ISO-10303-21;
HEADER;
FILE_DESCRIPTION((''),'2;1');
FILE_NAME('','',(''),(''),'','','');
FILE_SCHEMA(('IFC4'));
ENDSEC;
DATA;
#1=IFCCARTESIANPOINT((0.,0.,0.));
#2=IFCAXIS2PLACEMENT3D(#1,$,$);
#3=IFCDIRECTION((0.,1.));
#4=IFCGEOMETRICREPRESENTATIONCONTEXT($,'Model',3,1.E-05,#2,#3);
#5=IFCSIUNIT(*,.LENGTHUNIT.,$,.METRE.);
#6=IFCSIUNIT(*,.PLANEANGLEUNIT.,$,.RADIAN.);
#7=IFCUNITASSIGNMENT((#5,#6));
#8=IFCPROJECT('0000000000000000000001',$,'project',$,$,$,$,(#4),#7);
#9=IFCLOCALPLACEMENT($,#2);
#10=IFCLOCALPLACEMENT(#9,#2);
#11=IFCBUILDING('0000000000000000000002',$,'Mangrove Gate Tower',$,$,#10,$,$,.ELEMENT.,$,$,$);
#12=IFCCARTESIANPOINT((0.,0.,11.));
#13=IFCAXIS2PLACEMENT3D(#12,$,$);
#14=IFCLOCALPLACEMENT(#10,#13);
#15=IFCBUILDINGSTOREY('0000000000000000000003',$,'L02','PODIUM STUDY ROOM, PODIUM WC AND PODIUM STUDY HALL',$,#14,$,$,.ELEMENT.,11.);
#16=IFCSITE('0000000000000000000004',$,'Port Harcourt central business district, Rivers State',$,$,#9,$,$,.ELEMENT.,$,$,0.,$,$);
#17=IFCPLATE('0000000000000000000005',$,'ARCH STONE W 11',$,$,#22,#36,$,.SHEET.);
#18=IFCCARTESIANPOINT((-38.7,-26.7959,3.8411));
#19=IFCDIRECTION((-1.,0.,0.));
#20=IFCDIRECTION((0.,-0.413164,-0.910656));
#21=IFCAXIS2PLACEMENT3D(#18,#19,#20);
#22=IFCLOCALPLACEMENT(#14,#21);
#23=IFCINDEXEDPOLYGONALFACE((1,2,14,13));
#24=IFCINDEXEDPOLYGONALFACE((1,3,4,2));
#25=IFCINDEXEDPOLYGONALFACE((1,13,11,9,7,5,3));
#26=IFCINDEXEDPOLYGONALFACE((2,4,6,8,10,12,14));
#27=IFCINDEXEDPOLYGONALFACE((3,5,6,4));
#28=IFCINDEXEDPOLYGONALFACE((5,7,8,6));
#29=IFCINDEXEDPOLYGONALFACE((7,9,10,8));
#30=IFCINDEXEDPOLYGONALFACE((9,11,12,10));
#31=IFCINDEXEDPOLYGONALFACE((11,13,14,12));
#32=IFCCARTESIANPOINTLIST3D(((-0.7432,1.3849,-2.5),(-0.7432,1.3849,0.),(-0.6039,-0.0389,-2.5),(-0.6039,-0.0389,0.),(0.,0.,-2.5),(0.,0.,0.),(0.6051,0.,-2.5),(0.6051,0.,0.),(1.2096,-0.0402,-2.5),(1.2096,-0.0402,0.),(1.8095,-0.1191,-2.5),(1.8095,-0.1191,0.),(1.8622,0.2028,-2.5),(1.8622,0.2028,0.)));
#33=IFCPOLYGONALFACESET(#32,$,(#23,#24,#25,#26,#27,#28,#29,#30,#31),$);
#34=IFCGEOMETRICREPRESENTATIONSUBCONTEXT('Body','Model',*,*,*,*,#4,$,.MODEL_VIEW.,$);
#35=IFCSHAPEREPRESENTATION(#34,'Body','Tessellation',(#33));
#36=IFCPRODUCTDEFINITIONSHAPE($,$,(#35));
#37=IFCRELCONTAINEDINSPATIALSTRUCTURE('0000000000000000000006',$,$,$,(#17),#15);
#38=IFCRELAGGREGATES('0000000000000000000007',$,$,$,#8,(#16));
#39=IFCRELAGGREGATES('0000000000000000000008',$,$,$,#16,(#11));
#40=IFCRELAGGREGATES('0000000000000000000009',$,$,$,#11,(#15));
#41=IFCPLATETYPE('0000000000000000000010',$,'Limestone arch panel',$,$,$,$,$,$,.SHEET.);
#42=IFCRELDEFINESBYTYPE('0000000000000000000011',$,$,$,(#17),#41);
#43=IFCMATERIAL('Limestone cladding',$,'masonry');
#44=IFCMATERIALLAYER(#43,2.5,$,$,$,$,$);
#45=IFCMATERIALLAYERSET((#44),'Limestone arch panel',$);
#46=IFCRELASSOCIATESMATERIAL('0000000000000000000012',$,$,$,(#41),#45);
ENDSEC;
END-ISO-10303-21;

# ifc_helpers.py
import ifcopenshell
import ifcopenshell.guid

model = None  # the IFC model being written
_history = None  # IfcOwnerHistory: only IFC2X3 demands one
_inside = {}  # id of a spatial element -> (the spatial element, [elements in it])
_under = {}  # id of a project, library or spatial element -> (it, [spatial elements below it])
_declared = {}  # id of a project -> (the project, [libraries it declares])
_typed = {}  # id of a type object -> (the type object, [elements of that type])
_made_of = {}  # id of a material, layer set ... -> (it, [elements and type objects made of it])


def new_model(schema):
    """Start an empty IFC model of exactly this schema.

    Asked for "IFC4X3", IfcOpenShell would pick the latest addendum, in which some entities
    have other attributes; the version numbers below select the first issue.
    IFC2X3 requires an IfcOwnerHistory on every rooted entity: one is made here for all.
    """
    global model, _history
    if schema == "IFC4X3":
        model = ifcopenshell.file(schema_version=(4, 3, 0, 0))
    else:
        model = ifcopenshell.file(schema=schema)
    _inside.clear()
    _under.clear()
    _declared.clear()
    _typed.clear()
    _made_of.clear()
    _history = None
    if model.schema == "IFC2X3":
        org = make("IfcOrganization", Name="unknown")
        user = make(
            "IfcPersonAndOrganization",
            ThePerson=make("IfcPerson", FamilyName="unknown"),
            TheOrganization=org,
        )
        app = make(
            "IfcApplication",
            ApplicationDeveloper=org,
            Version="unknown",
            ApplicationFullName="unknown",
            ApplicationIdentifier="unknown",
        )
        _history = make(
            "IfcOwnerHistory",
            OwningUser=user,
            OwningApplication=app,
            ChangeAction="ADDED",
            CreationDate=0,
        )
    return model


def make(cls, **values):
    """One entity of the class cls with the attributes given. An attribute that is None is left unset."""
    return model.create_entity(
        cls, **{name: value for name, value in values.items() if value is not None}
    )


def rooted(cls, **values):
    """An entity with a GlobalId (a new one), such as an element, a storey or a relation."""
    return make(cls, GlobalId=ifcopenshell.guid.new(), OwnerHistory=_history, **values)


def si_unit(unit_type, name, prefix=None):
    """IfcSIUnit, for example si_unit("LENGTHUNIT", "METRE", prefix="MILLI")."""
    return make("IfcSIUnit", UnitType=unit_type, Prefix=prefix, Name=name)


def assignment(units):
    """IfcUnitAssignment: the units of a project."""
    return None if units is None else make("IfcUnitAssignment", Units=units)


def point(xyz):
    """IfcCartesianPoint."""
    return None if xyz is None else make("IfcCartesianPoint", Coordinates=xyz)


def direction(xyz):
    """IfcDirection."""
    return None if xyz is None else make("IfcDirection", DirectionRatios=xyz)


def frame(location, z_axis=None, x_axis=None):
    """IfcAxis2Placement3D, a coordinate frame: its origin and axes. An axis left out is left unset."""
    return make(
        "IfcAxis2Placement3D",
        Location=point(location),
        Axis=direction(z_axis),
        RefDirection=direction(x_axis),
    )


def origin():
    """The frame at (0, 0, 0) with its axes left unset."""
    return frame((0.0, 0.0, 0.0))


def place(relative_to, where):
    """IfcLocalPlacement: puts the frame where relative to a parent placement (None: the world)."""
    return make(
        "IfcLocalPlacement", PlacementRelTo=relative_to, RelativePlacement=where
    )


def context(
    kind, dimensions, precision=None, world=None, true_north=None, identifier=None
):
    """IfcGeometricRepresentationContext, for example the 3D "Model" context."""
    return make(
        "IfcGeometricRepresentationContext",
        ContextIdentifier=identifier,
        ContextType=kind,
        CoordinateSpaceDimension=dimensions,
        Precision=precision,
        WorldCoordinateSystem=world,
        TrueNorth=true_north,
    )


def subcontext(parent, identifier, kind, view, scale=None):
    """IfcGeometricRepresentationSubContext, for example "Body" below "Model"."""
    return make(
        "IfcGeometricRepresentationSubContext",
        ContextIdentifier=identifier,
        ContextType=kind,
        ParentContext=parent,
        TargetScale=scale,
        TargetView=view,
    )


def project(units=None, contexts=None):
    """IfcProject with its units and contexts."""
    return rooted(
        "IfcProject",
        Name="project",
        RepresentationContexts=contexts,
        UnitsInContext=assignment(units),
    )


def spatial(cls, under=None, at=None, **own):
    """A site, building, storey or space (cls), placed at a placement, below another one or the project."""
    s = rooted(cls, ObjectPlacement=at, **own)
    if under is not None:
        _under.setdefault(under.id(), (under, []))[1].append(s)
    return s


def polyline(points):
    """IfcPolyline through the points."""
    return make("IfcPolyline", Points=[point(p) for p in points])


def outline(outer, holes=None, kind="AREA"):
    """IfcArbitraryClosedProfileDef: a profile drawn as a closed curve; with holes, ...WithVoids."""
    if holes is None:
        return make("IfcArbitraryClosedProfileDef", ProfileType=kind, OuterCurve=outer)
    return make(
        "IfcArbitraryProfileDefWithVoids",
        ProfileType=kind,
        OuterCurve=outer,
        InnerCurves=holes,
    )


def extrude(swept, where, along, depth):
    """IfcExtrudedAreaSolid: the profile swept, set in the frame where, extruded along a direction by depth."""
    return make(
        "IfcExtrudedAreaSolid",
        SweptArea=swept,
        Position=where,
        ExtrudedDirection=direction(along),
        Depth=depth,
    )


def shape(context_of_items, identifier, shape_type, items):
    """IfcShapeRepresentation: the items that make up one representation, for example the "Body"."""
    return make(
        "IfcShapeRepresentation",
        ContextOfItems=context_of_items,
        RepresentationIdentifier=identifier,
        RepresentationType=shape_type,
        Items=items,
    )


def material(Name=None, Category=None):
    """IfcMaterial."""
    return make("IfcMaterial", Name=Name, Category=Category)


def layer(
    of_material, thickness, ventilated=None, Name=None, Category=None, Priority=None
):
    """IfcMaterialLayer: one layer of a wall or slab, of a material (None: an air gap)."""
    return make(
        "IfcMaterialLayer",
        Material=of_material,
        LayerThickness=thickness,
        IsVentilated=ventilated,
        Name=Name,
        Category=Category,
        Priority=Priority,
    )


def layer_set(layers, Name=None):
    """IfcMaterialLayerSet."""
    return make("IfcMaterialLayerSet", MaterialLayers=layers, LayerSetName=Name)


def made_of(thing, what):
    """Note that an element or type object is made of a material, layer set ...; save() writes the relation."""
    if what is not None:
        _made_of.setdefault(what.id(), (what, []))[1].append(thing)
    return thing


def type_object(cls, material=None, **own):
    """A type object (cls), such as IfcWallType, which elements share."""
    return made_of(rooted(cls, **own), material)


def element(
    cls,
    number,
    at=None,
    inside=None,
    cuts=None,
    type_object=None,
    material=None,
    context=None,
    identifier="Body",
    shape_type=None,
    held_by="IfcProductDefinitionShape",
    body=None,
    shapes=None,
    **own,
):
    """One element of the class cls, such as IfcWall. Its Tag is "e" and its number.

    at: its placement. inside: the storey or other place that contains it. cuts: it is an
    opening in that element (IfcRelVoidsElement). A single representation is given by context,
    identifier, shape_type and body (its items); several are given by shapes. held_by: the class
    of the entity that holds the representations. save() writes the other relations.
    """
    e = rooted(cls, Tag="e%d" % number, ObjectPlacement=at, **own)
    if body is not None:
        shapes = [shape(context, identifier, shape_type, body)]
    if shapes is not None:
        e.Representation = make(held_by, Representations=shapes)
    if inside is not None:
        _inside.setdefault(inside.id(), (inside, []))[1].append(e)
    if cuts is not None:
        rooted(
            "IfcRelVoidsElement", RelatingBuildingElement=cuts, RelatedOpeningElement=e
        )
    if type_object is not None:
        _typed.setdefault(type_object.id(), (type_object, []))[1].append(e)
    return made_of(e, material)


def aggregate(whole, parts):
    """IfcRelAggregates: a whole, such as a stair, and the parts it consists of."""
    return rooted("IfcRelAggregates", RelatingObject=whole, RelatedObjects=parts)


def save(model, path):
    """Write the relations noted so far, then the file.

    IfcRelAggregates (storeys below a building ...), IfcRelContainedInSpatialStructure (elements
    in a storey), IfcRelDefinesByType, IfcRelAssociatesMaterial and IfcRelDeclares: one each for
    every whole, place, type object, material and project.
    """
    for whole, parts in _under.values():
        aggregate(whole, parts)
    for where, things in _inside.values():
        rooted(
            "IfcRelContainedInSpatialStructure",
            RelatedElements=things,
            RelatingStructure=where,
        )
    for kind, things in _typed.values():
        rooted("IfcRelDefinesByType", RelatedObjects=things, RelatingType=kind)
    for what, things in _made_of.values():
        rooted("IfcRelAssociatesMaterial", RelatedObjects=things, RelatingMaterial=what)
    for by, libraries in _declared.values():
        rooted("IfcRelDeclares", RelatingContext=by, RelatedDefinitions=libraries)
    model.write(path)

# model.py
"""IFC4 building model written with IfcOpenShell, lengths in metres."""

from ifc_helpers import new_model, si_unit, direction, frame, origin, place, context, subcontext, project, spatial, polyline, outline, extrude, material, layer, layer_set, type_object, element, save


model = new_model("IFC4")

# Units and contexts
model_context = context("Model", 3, precision=1e-05, world=origin(), true_north=direction((0.0, 1.0)))
body_context = subcontext(model_context, "Body", "Model", "MODEL_VIEW")
ifc_project = project(units=[si_unit("LENGTHUNIT", "METRE"), si_unit("PLANEANGLEUNIT", "RADIAN")], contexts=[model_context])

# Site, building, storey
site_placement = place(None, origin())
site = spatial("IfcSite", under=ifc_project, at=site_placement, Name="Port Harcourt central business district, Rivers State", CompositionType="ELEMENT", RefElevation=0.0)
building_placement = place(site_placement, origin())
building = spatial("IfcBuilding", under=site, at=building_placement, Name="Mangrove Gate Tower", CompositionType="ELEMENT")
storey_placement = place(building_placement, frame((0.0, 0.0, 11.0)))
storey = spatial("IfcBuildingStorey", under=building, at=storey_placement, Name="L02", Description="PODIUM STUDY ROOM, PODIUM WC AND PODIUM STUDY HALL", CompositionType="ELEMENT", Elevation=11.0)

# Plate
ifc_material_1 = material(Name="Limestone cladding", Category="masonry")
ifc_layer_1 = layer(ifc_material_1, 2.5)
ifc_layer_set_1 = layer_set([ifc_layer_1], Name="Limestone arch panel")
plate_type = type_object("IfcPlateType", Name="Limestone arch panel", PredefinedType="SHEET", material=ifc_layer_set_1)
plate_1_placement = place(storey_placement, frame((-38.7, -26.7959, 3.8411), z_axis=(-1.0, 0.0, 0.0), x_axis=(0.0, -0.413164, -0.910656)))
element("IfcPlate", 1, at=plate_1_placement, inside=storey, type_object=plate_type, Name="ARCH STONE W 11", PredefinedType="SHEET", context=body_context, shape_type="SweptSolid", body=[
    extrude(outline(polyline([(0.0, 0.0), (0.6051, 0.0), (1.2096, -0.0402), (1.8095, -0.1191), (1.8622, 0.2028), (-0.7432, 1.3849), (-0.6039, -0.0389), (0.0, 0.0)])), origin(), (0.0, 0.0, -1.0), 2.5),
])

save(model, "model.ifc")
